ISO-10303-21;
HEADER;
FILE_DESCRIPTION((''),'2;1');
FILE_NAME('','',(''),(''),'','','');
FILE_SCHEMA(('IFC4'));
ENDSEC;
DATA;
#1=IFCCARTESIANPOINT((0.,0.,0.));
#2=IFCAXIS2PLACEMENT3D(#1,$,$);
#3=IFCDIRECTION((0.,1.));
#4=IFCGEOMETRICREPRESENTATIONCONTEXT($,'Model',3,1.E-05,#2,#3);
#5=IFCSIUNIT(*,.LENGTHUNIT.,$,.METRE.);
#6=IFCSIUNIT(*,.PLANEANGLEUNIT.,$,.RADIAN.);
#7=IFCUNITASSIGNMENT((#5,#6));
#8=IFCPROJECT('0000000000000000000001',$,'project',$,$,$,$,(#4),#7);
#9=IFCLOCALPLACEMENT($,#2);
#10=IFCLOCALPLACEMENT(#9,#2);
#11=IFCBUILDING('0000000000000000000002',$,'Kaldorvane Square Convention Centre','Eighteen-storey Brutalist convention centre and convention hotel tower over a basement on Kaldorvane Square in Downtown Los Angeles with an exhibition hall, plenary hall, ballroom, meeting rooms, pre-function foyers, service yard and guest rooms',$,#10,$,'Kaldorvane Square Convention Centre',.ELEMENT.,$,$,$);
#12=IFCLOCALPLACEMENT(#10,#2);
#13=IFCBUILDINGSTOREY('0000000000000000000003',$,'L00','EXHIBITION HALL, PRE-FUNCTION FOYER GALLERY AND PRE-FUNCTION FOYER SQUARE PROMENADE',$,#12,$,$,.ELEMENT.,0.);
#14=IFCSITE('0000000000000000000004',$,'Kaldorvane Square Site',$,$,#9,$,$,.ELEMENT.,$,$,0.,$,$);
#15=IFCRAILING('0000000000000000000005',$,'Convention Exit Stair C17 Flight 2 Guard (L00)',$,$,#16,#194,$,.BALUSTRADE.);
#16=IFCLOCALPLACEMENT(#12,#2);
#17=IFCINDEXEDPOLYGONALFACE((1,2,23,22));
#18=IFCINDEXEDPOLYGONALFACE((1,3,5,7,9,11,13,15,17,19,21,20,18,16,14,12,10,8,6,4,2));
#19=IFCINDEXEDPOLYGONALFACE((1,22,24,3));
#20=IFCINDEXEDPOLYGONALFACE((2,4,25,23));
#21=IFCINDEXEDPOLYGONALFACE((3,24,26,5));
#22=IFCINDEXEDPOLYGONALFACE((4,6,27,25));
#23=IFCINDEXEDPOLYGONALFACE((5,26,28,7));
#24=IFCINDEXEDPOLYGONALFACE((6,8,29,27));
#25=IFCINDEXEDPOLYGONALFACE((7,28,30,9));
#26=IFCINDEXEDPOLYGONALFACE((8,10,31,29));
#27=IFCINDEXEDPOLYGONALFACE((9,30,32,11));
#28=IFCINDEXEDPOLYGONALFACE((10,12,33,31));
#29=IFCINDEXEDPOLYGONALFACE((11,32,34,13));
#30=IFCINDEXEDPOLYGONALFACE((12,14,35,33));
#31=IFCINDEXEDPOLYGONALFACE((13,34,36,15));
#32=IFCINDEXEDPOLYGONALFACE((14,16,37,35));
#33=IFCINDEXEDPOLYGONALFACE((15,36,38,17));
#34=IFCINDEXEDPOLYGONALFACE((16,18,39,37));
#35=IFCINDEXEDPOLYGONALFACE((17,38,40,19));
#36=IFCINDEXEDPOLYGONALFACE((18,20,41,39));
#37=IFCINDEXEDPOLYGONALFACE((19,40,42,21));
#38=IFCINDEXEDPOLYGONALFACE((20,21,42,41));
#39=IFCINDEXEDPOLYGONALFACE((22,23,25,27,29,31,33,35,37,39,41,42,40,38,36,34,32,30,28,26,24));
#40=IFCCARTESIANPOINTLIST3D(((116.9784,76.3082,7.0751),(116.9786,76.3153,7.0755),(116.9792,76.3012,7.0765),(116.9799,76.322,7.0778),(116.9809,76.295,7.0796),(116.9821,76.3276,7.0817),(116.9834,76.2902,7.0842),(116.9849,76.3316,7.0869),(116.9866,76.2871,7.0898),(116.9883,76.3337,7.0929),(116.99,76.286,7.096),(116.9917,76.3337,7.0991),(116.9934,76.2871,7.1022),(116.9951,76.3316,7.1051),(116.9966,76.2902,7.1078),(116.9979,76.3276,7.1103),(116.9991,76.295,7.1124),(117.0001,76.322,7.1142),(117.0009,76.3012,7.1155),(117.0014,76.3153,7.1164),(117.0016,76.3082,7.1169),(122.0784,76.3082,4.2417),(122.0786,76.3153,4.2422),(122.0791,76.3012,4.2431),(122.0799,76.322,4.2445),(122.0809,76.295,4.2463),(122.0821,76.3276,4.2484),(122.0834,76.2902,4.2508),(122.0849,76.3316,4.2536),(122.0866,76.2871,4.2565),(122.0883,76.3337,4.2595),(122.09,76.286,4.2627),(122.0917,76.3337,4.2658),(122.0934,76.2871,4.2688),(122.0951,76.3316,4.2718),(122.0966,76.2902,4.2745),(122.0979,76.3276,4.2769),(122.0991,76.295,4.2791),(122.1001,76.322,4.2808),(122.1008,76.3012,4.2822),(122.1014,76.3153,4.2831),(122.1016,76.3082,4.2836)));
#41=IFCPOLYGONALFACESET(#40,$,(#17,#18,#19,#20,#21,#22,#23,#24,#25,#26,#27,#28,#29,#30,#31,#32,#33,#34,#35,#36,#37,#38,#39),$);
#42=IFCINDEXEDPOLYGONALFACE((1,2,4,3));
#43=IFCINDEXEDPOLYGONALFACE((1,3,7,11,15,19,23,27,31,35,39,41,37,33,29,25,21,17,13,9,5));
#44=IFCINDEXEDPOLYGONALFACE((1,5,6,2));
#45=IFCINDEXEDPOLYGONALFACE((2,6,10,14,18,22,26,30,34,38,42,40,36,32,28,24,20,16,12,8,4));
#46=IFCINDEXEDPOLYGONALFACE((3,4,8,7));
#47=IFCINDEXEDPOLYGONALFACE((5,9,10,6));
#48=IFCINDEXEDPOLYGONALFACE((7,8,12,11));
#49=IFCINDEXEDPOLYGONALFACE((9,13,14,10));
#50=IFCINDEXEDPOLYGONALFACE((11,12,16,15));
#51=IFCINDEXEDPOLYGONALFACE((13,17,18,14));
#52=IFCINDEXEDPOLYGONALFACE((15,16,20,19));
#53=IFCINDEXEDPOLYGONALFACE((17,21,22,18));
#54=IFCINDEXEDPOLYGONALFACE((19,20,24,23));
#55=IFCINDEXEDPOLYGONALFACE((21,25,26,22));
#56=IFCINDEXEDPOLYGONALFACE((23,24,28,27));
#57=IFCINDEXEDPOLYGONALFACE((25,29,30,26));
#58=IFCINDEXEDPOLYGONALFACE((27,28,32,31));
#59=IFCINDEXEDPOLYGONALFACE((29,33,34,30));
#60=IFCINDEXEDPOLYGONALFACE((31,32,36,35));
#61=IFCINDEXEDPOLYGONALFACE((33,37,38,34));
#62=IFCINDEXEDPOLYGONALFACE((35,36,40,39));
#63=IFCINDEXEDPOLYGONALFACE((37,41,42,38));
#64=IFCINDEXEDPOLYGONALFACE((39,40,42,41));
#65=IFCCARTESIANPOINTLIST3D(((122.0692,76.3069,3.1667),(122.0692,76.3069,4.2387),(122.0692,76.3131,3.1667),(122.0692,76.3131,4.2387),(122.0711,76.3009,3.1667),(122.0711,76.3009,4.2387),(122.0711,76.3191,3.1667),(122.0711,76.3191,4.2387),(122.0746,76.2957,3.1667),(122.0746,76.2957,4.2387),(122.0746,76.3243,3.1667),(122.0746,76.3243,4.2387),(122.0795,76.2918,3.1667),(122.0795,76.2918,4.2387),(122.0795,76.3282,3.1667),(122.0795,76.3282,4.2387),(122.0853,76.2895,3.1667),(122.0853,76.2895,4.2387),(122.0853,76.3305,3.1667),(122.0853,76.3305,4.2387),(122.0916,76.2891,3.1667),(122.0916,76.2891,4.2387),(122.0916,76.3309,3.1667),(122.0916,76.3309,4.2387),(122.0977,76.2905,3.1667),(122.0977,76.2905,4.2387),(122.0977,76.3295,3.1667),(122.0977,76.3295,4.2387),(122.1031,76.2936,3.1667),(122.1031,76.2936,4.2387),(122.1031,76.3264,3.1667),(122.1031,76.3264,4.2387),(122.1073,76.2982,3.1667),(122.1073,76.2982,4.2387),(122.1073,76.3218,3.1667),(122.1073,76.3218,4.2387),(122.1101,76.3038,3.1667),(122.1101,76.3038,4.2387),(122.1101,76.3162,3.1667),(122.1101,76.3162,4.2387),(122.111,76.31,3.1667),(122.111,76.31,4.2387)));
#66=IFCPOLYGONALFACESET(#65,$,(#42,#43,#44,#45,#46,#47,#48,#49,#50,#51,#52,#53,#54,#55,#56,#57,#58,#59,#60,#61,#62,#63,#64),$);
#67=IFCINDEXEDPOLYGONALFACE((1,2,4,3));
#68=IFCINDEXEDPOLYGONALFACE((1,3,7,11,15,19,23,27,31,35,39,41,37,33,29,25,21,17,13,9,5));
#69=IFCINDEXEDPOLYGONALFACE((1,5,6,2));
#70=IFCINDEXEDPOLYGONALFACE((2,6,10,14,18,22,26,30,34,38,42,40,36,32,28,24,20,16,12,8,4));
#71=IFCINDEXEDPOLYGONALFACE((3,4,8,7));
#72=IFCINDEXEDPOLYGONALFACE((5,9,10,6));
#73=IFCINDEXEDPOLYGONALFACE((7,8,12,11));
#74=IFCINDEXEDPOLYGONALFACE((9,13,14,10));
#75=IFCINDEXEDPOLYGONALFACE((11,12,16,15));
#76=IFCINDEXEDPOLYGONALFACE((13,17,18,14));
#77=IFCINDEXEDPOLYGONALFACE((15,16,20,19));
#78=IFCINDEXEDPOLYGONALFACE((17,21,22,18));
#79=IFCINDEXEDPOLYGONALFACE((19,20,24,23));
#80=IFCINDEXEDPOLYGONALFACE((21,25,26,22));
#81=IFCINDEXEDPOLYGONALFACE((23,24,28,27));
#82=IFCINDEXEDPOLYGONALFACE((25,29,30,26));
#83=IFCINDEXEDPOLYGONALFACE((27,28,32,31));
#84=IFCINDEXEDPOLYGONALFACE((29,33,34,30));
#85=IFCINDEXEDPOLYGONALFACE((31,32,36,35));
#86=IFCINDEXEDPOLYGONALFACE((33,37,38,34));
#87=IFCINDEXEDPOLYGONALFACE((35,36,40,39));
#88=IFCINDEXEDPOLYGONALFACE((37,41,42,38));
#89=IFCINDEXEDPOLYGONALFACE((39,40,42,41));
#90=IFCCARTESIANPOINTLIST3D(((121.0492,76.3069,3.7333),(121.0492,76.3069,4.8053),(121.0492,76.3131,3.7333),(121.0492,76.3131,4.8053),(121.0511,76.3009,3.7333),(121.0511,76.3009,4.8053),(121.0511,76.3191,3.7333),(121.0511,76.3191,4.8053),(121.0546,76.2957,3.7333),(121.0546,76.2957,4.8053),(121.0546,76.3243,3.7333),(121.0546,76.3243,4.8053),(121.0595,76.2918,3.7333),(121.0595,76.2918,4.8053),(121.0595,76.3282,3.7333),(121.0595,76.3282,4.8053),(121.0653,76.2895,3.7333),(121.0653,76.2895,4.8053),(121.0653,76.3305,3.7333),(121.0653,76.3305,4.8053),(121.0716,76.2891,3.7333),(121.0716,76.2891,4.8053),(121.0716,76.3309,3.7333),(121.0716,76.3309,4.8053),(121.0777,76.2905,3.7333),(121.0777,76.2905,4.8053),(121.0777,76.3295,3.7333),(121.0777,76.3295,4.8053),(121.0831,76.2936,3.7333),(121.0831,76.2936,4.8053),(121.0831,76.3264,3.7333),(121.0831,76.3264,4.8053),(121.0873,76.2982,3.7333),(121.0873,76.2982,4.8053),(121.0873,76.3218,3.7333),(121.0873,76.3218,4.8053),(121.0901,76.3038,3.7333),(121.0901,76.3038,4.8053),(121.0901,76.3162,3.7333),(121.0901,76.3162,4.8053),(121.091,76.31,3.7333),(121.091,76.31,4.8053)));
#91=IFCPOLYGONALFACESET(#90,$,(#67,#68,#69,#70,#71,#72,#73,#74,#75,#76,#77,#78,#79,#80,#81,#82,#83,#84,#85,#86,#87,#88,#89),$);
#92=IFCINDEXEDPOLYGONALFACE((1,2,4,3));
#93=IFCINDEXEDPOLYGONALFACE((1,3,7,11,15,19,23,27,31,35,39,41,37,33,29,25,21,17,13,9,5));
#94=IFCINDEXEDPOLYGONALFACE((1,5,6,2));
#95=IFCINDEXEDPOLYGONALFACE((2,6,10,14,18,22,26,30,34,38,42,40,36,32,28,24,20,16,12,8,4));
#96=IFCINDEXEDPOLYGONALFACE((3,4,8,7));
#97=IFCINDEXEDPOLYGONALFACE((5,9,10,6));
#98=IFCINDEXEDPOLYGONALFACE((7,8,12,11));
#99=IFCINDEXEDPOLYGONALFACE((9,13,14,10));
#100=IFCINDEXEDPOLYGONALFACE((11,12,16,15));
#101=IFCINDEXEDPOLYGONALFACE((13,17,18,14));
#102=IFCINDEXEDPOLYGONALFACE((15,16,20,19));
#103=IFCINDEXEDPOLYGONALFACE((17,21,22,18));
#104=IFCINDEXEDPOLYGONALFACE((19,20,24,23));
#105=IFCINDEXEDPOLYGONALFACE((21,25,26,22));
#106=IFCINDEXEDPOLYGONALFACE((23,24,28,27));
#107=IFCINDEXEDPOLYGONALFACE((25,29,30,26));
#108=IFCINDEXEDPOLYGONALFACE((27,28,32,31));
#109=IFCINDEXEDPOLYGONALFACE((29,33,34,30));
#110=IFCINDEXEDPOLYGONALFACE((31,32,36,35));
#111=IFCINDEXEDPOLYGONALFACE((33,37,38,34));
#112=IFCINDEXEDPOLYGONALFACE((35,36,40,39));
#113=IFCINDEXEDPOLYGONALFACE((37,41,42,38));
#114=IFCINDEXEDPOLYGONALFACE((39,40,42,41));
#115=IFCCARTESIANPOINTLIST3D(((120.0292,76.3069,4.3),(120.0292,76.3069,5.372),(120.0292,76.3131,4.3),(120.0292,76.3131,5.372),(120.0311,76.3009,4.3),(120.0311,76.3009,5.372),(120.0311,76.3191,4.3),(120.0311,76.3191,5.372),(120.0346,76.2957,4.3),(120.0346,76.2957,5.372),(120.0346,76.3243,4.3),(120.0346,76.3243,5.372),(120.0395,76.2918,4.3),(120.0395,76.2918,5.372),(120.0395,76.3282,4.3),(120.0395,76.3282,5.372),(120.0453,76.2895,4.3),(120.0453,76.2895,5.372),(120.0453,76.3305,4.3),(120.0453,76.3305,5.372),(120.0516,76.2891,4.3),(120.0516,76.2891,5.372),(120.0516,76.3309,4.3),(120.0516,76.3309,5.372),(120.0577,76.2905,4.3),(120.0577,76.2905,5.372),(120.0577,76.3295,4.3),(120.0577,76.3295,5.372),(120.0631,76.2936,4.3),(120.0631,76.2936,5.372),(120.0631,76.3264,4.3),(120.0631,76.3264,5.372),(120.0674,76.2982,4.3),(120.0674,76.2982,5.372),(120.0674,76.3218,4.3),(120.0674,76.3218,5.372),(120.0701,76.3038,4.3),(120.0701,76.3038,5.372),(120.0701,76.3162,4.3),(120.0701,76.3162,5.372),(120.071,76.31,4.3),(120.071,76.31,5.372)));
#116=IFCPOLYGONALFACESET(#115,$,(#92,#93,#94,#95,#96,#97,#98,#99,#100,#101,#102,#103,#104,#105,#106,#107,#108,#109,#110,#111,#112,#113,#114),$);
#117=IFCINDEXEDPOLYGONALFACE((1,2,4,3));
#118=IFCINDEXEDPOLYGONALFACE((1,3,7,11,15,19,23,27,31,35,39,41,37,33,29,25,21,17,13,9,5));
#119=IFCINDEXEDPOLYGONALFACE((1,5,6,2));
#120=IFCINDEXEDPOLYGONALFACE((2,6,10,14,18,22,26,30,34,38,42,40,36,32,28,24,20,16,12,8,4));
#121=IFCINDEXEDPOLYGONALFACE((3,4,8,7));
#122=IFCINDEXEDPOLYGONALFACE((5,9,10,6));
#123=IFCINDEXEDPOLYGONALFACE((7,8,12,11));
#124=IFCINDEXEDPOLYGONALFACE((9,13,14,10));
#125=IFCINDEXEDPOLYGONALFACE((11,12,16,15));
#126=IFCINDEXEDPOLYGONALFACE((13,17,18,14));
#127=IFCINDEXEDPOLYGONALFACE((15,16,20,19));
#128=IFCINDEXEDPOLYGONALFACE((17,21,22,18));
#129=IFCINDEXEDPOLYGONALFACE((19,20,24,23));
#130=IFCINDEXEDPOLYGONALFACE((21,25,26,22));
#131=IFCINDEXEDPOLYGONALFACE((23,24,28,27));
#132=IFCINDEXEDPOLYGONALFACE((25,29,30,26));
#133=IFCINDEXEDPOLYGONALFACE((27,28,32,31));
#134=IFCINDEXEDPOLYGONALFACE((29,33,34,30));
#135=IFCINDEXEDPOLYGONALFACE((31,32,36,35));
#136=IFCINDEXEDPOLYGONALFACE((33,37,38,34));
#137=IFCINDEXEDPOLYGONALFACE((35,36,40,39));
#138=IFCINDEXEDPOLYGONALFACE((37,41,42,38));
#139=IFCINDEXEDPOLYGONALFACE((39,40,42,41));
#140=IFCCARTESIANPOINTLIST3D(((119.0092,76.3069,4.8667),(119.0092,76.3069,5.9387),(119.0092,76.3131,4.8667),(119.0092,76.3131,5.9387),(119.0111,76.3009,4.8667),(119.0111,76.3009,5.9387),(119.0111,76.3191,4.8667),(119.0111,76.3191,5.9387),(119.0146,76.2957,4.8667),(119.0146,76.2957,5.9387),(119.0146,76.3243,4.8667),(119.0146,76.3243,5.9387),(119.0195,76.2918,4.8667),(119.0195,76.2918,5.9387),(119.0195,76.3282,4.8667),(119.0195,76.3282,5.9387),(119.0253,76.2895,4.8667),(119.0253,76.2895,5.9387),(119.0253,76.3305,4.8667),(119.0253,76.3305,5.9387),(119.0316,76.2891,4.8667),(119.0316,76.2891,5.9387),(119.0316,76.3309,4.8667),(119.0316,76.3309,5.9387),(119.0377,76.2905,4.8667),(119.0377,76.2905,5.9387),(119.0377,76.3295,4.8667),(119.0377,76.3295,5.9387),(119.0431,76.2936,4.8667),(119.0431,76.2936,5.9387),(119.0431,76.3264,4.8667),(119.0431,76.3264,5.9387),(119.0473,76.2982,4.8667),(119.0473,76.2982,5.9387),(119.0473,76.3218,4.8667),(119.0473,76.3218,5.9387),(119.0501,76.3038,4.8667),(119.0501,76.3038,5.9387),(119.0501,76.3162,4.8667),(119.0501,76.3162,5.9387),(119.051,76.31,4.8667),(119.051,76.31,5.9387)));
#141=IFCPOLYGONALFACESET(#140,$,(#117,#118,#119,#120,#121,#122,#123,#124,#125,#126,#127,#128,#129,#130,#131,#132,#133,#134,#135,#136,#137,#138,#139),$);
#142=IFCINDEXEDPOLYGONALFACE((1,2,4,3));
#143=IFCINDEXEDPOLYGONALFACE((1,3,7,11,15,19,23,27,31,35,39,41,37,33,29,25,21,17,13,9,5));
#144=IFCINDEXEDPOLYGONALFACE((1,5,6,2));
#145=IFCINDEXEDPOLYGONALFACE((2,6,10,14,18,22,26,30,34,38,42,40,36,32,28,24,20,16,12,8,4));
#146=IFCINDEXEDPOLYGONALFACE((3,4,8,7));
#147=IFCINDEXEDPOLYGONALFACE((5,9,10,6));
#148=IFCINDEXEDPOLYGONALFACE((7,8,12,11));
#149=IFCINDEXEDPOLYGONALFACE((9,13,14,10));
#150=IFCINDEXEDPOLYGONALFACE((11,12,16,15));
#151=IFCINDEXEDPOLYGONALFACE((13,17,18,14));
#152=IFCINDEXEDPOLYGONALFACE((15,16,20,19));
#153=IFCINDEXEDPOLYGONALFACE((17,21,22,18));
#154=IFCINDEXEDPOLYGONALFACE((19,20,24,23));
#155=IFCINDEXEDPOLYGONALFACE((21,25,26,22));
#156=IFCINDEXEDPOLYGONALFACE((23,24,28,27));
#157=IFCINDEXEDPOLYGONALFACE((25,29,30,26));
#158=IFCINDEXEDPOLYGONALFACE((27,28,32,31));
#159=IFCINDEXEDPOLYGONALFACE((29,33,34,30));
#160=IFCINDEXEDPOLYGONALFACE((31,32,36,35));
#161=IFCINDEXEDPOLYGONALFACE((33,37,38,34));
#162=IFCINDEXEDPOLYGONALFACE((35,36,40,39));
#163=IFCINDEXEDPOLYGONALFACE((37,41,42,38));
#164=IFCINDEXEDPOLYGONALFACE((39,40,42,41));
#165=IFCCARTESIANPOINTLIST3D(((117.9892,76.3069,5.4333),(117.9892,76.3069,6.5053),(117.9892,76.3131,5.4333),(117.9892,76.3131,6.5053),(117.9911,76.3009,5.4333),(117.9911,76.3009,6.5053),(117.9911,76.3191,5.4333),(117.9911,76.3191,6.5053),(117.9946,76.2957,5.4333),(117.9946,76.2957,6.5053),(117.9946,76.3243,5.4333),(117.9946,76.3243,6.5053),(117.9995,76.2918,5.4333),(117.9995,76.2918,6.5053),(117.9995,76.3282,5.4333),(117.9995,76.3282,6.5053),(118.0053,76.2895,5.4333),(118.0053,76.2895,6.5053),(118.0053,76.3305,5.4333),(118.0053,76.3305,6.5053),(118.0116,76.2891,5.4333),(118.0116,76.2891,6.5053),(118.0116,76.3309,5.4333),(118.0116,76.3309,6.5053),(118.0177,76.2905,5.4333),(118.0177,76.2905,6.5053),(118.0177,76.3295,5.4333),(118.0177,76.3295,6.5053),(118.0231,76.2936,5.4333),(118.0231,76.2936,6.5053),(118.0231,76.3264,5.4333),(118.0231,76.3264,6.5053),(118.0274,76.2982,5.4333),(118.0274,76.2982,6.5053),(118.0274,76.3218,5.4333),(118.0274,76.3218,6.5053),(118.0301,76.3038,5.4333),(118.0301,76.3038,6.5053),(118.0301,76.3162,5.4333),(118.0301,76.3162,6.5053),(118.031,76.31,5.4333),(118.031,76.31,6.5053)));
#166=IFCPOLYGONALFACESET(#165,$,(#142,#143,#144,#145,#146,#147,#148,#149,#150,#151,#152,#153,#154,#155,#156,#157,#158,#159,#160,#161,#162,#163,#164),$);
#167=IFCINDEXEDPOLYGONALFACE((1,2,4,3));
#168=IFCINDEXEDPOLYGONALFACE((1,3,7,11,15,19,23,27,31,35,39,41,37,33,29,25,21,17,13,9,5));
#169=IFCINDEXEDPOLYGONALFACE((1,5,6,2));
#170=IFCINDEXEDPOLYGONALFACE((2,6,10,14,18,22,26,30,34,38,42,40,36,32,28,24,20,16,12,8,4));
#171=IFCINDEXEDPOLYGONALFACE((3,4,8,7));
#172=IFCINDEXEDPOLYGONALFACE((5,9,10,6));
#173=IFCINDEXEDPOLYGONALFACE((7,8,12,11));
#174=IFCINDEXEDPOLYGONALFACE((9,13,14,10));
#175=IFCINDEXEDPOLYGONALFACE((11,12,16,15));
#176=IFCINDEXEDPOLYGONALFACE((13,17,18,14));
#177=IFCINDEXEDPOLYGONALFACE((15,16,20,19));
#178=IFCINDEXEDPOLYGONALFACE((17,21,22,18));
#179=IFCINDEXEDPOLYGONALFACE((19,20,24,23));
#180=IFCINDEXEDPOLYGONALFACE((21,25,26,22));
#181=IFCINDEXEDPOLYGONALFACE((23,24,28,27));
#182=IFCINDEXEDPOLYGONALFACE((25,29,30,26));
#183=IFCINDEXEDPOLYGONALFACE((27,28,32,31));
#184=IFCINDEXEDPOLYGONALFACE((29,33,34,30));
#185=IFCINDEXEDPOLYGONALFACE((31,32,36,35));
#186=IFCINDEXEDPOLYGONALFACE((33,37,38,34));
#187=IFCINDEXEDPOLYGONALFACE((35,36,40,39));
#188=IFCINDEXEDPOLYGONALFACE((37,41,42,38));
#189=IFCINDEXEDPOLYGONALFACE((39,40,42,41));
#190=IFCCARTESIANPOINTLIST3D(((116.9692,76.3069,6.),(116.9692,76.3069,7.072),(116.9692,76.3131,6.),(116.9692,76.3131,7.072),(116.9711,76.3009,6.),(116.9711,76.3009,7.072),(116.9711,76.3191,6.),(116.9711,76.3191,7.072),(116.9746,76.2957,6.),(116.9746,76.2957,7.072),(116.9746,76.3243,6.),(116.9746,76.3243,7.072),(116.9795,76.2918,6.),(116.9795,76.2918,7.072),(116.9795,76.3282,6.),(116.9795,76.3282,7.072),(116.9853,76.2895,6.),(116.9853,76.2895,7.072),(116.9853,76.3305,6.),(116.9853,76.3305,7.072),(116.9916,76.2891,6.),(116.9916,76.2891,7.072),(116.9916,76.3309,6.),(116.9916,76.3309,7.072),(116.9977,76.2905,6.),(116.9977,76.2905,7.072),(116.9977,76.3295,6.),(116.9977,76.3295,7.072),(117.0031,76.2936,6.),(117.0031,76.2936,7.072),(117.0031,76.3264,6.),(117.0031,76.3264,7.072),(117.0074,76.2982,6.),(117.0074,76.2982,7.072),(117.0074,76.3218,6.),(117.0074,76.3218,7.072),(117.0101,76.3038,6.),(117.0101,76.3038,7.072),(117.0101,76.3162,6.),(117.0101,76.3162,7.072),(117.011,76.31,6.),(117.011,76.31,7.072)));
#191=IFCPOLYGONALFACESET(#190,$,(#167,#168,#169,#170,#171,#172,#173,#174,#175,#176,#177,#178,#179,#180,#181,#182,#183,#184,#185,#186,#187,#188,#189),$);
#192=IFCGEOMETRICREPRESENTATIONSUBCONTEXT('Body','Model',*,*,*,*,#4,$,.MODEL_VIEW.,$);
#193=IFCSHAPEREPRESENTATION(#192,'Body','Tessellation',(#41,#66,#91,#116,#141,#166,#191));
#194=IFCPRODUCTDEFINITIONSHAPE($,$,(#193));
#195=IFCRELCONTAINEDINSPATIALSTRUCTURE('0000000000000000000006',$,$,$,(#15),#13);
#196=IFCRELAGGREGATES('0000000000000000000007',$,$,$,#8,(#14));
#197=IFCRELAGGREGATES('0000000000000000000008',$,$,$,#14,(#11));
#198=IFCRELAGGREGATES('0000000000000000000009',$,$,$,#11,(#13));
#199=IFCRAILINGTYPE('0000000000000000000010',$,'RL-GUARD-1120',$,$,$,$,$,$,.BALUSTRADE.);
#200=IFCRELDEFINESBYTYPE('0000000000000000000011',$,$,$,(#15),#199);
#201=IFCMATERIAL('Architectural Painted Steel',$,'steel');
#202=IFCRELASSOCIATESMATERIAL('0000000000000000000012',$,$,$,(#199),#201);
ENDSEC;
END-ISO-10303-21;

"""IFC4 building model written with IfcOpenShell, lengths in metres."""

from ifc_helpers import new_model, si_unit, direction, frame, origin, origin_2d, place, context, subcontext, project, spatial, circle, extrude, material, type_object, element, save


model = new_model("IFC4")

# Units and contexts
model_context = context("Model", 3, precision=1e-05, world=origin(), true_north=direction((0.0, 1.0)))
body_context = subcontext(model_context, "Body", "Model", "MODEL_VIEW")
ifc_project = project(units=[si_unit("LENGTHUNIT", "METRE"), si_unit("PLANEANGLEUNIT", "RADIAN")], contexts=[model_context])

# Site, building, storey
site_placement = place(None, origin())
site = spatial("IfcSite", under=ifc_project, at=site_placement, Name="Kaldorvane Square Site", CompositionType="ELEMENT", RefElevation=0.0)
building_placement = place(site_placement, origin())
building = spatial("IfcBuilding", under=site, at=building_placement, Name="Kaldorvane Square Convention Centre", Description="Eighteen-storey Brutalist convention centre and convention hotel tower over a basement on Kaldorvane Square in Downtown Los Angeles with an exhibition hall, plenary hall, ballroom, meeting rooms, pre-function foyers, service yard and guest rooms", LongName="Kaldorvane Square Convention Centre", CompositionType="ELEMENT")
storey_placement = place(building_placement, origin())
storey = spatial("IfcBuildingStorey", under=building, at=storey_placement, Name="L00", Description="EXHIBITION HALL, PRE-FUNCTION FOYER GALLERY AND PRE-FUNCTION FOYER SQUARE PROMENADE", CompositionType="ELEMENT", Elevation=0.0)

# Railing
ifc_material_1 = material(Name="Architectural Painted Steel", Category="steel")
railing_type_1 = type_object("IfcRailingType", Name="RL-GUARD-1120", PredefinedType="BALUSTRADE", material=ifc_material_1)
railing_1_placement = place(storey_placement, frame((122.09, 76.31, 3.1667)))
element("IfcRailing", 1, at=railing_1_placement, inside=storey, type_object=railing_type_1, Name="Convention Exit Stair C17 Flight 2 Guard (L00)", PredefinedType="BALUSTRADE", context=body_context, shape_type="SweptSolid", body=[
    extrude(circle(Radius=0.024, at=origin_2d()), frame((0.0, 0.0, 1.096), z_axis=(-0.874157, 0.0, 0.485643), x_axis=(0.0, -1.0, 0.0)), (0.0, 0.0, 1.0), 5.8342),
    extrude(circle(Radius=0.021, at=origin_2d()), origin(), (0.0, 0.0, 1.0), 1.072),
    extrude(circle(Radius=0.021, at=origin_2d()), frame((-1.02, 0.0, 0.5667)), (0.0, 0.0, 1.0), 1.072),
    extrude(circle(Radius=0.021, at=origin_2d()), frame((-2.04, 0.0, 1.1333)), (0.0, 0.0, 1.0), 1.072),
    extrude(circle(Radius=0.021, at=origin_2d()), frame((-3.06, 0.0, 1.7)), (0.0, 0.0, 1.0), 1.072),
    extrude(circle(Radius=0.021, at=origin_2d()), frame((-4.08, 0.0, 2.2667)), (0.0, 0.0, 1.0), 1.072),
    extrude(circle(Radius=0.021, at=origin_2d()), frame((-5.1, 0.0, 2.8333)), (0.0, 0.0, 1.0), 1.072),
])

save(model, "model.ifc")
